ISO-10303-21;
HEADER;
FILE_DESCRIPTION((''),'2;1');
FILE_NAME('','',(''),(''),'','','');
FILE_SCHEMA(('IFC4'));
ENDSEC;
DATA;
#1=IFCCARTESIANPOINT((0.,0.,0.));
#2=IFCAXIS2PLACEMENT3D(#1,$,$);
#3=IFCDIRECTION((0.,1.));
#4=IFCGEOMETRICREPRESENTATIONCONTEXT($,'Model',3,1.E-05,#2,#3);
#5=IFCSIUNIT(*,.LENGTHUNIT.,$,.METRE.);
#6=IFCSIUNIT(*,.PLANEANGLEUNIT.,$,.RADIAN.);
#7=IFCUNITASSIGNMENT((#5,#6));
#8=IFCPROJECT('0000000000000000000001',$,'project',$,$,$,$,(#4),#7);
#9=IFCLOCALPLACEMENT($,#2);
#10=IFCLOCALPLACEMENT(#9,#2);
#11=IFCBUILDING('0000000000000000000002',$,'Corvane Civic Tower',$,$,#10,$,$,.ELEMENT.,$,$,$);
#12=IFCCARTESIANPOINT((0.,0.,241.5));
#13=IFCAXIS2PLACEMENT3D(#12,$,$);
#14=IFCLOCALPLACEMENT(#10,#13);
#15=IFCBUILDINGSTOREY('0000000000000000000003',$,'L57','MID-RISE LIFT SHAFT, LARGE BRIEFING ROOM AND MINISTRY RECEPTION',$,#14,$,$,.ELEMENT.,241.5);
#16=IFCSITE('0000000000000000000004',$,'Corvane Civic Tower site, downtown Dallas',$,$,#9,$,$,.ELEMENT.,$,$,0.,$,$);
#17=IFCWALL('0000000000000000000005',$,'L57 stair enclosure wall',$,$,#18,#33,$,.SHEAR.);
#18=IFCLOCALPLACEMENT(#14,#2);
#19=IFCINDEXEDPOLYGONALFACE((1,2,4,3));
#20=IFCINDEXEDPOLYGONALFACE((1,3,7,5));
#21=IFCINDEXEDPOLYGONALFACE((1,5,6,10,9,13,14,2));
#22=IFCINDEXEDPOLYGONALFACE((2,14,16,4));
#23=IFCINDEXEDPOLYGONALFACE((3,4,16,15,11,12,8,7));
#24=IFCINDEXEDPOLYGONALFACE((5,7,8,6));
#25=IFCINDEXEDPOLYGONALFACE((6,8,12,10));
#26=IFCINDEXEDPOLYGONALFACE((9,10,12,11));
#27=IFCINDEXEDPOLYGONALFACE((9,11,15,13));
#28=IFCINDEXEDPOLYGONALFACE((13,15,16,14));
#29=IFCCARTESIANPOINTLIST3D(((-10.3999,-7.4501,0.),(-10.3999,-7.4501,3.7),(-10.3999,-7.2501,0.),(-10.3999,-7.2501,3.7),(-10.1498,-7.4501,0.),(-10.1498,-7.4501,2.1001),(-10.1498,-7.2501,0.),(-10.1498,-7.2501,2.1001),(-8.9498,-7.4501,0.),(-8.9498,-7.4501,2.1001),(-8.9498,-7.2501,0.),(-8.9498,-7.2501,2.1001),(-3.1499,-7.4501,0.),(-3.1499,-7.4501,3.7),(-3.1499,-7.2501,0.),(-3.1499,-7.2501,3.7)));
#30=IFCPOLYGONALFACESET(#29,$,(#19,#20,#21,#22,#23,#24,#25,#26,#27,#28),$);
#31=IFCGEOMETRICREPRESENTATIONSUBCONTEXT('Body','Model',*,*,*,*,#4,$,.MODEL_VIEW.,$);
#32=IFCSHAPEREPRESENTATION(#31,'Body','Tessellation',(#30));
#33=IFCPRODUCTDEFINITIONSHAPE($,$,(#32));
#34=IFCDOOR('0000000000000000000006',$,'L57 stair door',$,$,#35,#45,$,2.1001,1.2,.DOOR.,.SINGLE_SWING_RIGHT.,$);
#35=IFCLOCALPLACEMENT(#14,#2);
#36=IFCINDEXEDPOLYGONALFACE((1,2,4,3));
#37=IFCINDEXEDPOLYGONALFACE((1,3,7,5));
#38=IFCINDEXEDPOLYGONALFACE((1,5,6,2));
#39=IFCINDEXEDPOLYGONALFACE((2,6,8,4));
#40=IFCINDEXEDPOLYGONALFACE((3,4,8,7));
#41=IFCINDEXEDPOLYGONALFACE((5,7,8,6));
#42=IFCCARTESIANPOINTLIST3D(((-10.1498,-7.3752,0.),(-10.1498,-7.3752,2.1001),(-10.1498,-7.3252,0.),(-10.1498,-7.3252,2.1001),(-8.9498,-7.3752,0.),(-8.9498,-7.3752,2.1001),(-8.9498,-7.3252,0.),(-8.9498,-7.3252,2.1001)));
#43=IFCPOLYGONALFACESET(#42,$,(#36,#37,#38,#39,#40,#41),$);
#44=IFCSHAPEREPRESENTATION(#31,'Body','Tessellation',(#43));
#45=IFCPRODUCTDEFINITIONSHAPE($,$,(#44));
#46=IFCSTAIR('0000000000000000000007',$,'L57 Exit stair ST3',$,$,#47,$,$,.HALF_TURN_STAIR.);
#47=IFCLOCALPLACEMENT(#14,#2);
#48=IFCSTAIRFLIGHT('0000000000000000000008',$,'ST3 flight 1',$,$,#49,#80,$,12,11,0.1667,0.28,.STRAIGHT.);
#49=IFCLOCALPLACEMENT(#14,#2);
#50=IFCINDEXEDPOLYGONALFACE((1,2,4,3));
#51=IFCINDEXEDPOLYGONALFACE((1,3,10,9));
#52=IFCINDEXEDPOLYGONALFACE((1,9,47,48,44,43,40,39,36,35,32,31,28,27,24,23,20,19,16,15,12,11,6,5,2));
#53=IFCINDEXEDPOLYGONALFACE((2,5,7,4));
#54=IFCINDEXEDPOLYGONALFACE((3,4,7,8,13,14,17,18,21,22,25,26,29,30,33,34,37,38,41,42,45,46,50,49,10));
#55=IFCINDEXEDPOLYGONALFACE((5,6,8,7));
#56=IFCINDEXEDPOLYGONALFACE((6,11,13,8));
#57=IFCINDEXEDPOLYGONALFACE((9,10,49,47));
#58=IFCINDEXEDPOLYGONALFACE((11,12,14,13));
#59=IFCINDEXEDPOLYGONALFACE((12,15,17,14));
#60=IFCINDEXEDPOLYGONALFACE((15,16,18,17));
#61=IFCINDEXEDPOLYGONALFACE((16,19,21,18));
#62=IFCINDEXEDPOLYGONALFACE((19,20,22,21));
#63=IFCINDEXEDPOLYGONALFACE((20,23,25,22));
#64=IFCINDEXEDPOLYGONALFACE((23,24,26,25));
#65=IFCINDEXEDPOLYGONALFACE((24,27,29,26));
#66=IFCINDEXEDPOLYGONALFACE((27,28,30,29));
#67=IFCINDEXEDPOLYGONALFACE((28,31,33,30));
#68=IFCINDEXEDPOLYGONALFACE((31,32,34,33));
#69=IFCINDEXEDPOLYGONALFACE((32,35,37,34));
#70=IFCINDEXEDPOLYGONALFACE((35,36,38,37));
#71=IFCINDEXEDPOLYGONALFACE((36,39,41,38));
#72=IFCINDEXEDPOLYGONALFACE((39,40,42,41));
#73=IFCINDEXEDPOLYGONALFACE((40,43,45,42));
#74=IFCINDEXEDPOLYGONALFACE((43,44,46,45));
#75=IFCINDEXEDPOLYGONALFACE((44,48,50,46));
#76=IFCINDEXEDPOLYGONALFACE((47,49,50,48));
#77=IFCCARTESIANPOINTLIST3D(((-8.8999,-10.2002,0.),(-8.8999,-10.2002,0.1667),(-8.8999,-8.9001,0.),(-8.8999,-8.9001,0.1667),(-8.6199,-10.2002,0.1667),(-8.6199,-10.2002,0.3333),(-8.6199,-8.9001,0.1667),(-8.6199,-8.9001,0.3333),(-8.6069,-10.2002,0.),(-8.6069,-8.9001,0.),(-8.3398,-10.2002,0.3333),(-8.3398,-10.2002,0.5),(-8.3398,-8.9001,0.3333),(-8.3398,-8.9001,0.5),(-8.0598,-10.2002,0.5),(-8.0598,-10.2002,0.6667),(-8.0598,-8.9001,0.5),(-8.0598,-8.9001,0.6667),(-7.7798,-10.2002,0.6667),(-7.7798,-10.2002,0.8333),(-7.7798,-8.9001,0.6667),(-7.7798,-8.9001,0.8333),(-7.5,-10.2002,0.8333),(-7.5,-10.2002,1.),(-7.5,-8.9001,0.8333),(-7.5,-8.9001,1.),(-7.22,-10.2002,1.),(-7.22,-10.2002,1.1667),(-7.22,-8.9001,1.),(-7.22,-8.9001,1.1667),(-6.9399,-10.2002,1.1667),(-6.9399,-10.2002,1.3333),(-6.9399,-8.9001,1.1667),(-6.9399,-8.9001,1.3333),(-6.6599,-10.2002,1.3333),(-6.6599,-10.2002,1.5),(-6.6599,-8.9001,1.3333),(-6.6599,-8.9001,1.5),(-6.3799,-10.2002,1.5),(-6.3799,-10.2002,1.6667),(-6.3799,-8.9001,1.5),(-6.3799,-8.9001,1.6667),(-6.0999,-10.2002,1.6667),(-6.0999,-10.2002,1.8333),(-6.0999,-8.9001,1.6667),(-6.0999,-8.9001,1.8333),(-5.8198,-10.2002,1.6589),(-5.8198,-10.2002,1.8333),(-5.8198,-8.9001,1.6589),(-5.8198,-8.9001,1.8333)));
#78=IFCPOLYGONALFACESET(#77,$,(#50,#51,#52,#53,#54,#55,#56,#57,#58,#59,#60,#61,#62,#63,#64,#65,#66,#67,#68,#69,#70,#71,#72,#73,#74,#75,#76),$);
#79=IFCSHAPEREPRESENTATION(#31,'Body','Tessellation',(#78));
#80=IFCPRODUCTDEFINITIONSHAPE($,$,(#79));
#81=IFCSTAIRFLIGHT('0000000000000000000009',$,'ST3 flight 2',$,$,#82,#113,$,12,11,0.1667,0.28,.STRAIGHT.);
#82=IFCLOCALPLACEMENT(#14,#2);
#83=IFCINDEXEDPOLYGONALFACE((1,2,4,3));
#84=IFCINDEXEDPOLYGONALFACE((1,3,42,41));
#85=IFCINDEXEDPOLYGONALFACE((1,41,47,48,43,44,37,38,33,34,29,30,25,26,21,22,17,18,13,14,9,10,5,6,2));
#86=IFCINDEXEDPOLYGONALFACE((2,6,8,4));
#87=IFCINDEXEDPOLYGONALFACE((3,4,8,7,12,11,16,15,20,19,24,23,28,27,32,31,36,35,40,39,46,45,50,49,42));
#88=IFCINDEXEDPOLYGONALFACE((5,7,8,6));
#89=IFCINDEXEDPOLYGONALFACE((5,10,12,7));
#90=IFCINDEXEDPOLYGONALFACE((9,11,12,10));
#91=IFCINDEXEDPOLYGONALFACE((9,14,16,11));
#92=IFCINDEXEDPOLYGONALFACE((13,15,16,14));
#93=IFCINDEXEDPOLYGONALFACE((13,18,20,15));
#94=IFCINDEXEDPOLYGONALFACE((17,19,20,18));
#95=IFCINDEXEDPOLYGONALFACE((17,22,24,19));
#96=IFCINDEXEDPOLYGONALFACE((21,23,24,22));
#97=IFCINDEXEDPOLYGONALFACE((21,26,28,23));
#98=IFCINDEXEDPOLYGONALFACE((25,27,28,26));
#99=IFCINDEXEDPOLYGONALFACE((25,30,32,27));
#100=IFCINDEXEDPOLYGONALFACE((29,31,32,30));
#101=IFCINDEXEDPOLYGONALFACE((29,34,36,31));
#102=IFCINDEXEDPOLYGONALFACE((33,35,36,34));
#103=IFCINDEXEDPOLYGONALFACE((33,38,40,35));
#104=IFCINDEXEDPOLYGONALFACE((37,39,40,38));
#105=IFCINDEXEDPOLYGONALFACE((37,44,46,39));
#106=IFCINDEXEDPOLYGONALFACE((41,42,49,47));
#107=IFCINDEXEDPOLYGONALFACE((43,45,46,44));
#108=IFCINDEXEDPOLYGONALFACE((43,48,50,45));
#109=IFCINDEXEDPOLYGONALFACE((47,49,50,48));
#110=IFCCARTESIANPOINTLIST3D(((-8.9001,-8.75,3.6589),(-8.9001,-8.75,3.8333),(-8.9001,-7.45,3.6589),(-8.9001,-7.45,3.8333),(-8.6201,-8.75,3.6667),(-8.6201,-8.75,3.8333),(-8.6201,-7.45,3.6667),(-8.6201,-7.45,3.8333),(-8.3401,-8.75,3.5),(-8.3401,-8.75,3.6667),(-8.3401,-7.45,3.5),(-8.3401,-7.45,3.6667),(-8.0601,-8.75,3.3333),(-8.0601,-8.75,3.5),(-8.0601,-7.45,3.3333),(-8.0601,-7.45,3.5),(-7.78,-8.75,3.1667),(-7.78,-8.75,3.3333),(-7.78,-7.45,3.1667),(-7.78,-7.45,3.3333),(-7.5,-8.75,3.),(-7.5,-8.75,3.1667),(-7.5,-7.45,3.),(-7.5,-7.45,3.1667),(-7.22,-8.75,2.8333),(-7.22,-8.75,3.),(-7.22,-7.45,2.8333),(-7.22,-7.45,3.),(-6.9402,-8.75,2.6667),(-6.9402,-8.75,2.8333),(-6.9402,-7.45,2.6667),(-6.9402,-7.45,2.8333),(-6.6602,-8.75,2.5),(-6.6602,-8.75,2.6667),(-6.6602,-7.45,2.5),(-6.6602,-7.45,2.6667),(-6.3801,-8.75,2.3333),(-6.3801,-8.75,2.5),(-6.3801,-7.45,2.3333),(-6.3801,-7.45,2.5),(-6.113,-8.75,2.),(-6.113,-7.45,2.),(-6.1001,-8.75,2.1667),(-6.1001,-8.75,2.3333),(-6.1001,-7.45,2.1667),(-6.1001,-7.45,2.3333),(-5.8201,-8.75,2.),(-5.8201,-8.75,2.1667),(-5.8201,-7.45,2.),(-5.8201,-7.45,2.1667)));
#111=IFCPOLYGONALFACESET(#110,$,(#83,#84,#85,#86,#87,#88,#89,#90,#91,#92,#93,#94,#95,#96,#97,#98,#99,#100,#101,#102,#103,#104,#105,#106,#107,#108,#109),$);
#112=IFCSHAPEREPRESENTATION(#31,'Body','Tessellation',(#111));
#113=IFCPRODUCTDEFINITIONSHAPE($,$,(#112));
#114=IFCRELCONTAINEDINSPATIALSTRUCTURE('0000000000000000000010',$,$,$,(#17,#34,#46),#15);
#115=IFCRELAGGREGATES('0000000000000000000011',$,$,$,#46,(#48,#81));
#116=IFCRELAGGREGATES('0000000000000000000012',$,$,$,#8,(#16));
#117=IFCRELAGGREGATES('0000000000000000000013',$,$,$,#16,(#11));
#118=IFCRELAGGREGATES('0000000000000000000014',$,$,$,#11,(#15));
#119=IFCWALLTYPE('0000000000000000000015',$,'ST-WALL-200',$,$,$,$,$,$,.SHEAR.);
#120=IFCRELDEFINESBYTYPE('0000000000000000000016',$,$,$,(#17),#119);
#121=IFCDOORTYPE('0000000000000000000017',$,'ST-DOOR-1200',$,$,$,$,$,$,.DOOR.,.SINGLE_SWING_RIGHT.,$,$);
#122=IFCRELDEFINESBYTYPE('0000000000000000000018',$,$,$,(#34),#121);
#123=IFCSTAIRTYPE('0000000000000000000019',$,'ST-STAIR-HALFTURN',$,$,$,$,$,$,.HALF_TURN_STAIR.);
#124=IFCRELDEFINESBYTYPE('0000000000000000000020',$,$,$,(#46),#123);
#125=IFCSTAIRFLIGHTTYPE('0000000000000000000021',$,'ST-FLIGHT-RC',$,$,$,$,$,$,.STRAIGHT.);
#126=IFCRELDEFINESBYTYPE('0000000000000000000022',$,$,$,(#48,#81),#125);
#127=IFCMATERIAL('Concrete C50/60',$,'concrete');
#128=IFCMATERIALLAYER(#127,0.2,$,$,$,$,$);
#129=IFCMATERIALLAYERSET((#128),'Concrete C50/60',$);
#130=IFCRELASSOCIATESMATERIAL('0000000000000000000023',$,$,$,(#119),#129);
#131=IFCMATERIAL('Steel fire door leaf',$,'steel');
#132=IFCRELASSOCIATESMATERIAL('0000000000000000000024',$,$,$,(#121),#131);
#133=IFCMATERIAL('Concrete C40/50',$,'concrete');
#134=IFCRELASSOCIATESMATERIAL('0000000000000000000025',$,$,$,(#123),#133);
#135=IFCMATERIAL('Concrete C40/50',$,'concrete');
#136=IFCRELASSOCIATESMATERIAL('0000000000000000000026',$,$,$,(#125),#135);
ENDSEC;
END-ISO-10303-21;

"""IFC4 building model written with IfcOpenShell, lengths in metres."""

from ifc_helpers import new_model, si_unit, direction, frame, frame_2d, origin, place, context, subcontext, project, spatial, polyline, rectangle, outline, extrude, material, layer, layer_set, type_object, element, fill, aggregate, save


model = new_model("IFC4")

# Units and contexts
model_context = context("Model", 3, precision=1e-05, world=origin(), true_north=direction((0.0, 1.0)))
body_context = subcontext(model_context, "Body", "Model", "MODEL_VIEW")
ifc_project = project(units=[si_unit("LENGTHUNIT", "METRE"), si_unit("PLANEANGLEUNIT", "RADIAN")], contexts=[model_context])

# Site, building, storey
site_placement = place(None, origin())
site = spatial("IfcSite", under=ifc_project, at=site_placement, Name="Corvane Civic Tower site, downtown Dallas", CompositionType="ELEMENT", RefElevation=0.0)
building_placement = place(site_placement, origin())
building = spatial("IfcBuilding", under=site, at=building_placement, Name="Corvane Civic Tower", CompositionType="ELEMENT")
storey_placement = place(building_placement, frame((0.0, 0.0, 241.5)))
storey = spatial("IfcBuildingStorey", under=building, at=storey_placement, Name="L57", Description="MID-RISE LIFT SHAFT, LARGE BRIEFING ROOM AND MINISTRY RECEPTION", CompositionType="ELEMENT", Elevation=241.5)

# Wall, opening, door
ifc_material_1 = material(Name="Concrete C50/60", Category="concrete")
ifc_layer_1 = layer(ifc_material_1, 0.2)
ifc_layer_set_1 = layer_set([ifc_layer_1], Name="Concrete C50/60")
wall_type_1 = type_object("IfcWallType", Name="ST-WALL-200", PredefinedType="SHEAR", material=ifc_layer_set_1)
wall_1_placement = place(storey_placement, frame((-10.3999, -7.3501, 0.0), z_axis=(0.0, 0.0, 1.0), x_axis=(1.0, 0.0, 0.0)))
wall_1 = element("IfcWall", 1, at=wall_1_placement, inside=storey, type_object=wall_type_1, Name="L57 stair enclosure wall", PredefinedType="SHEAR", context=body_context, shape_type="SweptSolid", body=[
    extrude(rectangle(XDim=7.25, YDim=0.2, at=frame_2d((3.625, 0.0))), origin(), (0.0, 0.0, 1.0), 3.7),
])
opening_1_placement = place(wall_1_placement, frame((0.25, 0.0, 0.0)))
opening_1 = element("IfcOpeningElement", 2, at=opening_1_placement, cuts=wall_1, PredefinedType="OPENING", context=body_context, shape_type="SweptSolid", body=[
    extrude(rectangle(XDim=1.2, YDim=2.1001, at=frame_2d((0.6001, 1.05))), frame((0.0, 0.1099, 0.0), z_axis=(0.0, -1.0, 0.0), x_axis=(1.0, 0.0, 0.0)), (0.0, 0.0, 1.0), 0.22),
])
ifc_material_2 = material(Name="Steel fire door leaf", Category="steel")
door_type_1 = type_object("IfcDoorType", Name="ST-DOOR-1200", OperationType="SINGLE_SWING_RIGHT", PredefinedType="DOOR", material=ifc_material_2)
door_1_placement = place(opening_1_placement, origin())
door_1 = element("IfcDoor", 3, at=door_1_placement, inside=storey, type_object=door_type_1, Name="L57 stair door", OperationType="SINGLE_SWING_RIGHT", OverallHeight=2.1001, OverallWidth=1.2, PredefinedType="DOOR", context=body_context, shape_type="SweptSolid", body=[
    extrude(rectangle(XDim=1.2, YDim=2.1001, at=frame_2d((0.6001, 1.05))), frame((0.0, 0.0249, 0.0), z_axis=(0.0, -1.0, 0.0), x_axis=(1.0, 0.0, 0.0)), (0.0, 0.0, 1.0), 0.05),
])
fill(opening_1, door_1)

# Stair, stair flights
ifc_material_3 = material(Name="Concrete C40/50", Category="concrete")
stair_type = type_object("IfcStairType", Name="ST-STAIR-HALFTURN", PredefinedType="HALF_TURN_STAIR", material=ifc_material_3)
stair_placement = place(storey_placement, origin())
stair = element("IfcStair", 4, at=stair_placement, inside=storey, type_object=stair_type, Name="L57 Exit stair ST3", PredefinedType="HALF_TURN_STAIR")
ifc_material_4 = material(Name="Concrete C40/50", Category="concrete")
stair_flight_type = type_object("IfcStairFlightType", Name="ST-FLIGHT-RC", PredefinedType="STRAIGHT", material=ifc_material_4)
stair_flight_1_placement = place(storey_placement, frame((-8.8999, -9.55, 0.0), z_axis=(0.0, 0.0, 1.0), x_axis=(1.0, 0.0, 0.0)))
stair_flight_1 = element("IfcStairFlight", 5, at=stair_flight_1_placement, type_object=stair_flight_type, Name="ST3 flight 1", NumberOfRisers=12, NumberOfTreads=11, PredefinedType="STRAIGHT", RiserHeight=0.1667, TreadLength=0.28, context=body_context, shape_type="SweptSolid", body=[
    extrude(outline(polyline([(0.0, 0.0), (0.0, 0.1667), (0.28, 0.1667), (0.28, 0.3333), (0.5601, 0.3333), (0.5601, 0.5), (0.8401, 0.5), (0.8401, 0.6667), (1.1201, 0.6667), (1.1201, 0.8333), (1.3999, 0.8333), (1.3999, 1.0), (1.6799, 1.0), (1.6799, 1.1667), (1.96, 1.1667), (1.96, 1.3333), (2.24, 1.3333), (2.24, 1.5), (2.52, 1.5), (2.52, 1.6667), (2.8, 1.6667), (2.8, 1.8333), (3.0801, 1.8333), (3.0801, 2.0), (3.0801, 1.6589), (0.293, 0.0), (0.0, 0.0)])), frame((0.0, 0.6499, 0.0), z_axis=(0.0, -1.0, 0.0), x_axis=(1.0, 0.0, 0.0)), (0.0, 0.0, 1.0), 1.3),
])
stair_flight_2_placement = place(storey_placement, frame((-5.8201, -8.1001, 2.0), z_axis=(0.0, 0.0, 1.0), x_axis=(-1.0, 0.0, 0.0)))
stair_flight_2 = element("IfcStairFlight", 6, at=stair_flight_2_placement, type_object=stair_flight_type, Name="ST3 flight 2", NumberOfRisers=12, NumberOfTreads=11, PredefinedType="STRAIGHT", RiserHeight=0.1667, TreadLength=0.28, context=body_context, shape_type="SweptSolid", body=[
    extrude(outline(polyline([(0.0, 0.0), (0.0, 0.1667), (0.28, 0.1667), (0.28, 0.3333), (0.5601, 0.3333), (0.5601, 0.5), (0.8401, 0.5), (0.8401, 0.6667), (1.1201, 0.6667), (1.1201, 0.8333), (1.3999, 0.8333), (1.3999, 1.0), (1.6799, 1.0), (1.6799, 1.1667), (1.96, 1.1667), (1.96, 1.3333), (2.24, 1.3333), (2.24, 1.5), (2.52, 1.5), (2.52, 1.6667), (2.8, 1.6667), (2.8, 1.8333), (3.0801, 1.8333), (3.0801, 2.0), (3.0801, 1.6589), (0.293, 0.0), (0.0, 0.0)])), frame((0.0, 0.6499, 0.0), z_axis=(0.0, -1.0, 0.0), x_axis=(1.0, 0.0, 0.0)), (0.0, 0.0, 1.0), 1.3),
])
aggregate(stair, [stair_flight_1, stair_flight_2])

save(model, "model.ifc")
